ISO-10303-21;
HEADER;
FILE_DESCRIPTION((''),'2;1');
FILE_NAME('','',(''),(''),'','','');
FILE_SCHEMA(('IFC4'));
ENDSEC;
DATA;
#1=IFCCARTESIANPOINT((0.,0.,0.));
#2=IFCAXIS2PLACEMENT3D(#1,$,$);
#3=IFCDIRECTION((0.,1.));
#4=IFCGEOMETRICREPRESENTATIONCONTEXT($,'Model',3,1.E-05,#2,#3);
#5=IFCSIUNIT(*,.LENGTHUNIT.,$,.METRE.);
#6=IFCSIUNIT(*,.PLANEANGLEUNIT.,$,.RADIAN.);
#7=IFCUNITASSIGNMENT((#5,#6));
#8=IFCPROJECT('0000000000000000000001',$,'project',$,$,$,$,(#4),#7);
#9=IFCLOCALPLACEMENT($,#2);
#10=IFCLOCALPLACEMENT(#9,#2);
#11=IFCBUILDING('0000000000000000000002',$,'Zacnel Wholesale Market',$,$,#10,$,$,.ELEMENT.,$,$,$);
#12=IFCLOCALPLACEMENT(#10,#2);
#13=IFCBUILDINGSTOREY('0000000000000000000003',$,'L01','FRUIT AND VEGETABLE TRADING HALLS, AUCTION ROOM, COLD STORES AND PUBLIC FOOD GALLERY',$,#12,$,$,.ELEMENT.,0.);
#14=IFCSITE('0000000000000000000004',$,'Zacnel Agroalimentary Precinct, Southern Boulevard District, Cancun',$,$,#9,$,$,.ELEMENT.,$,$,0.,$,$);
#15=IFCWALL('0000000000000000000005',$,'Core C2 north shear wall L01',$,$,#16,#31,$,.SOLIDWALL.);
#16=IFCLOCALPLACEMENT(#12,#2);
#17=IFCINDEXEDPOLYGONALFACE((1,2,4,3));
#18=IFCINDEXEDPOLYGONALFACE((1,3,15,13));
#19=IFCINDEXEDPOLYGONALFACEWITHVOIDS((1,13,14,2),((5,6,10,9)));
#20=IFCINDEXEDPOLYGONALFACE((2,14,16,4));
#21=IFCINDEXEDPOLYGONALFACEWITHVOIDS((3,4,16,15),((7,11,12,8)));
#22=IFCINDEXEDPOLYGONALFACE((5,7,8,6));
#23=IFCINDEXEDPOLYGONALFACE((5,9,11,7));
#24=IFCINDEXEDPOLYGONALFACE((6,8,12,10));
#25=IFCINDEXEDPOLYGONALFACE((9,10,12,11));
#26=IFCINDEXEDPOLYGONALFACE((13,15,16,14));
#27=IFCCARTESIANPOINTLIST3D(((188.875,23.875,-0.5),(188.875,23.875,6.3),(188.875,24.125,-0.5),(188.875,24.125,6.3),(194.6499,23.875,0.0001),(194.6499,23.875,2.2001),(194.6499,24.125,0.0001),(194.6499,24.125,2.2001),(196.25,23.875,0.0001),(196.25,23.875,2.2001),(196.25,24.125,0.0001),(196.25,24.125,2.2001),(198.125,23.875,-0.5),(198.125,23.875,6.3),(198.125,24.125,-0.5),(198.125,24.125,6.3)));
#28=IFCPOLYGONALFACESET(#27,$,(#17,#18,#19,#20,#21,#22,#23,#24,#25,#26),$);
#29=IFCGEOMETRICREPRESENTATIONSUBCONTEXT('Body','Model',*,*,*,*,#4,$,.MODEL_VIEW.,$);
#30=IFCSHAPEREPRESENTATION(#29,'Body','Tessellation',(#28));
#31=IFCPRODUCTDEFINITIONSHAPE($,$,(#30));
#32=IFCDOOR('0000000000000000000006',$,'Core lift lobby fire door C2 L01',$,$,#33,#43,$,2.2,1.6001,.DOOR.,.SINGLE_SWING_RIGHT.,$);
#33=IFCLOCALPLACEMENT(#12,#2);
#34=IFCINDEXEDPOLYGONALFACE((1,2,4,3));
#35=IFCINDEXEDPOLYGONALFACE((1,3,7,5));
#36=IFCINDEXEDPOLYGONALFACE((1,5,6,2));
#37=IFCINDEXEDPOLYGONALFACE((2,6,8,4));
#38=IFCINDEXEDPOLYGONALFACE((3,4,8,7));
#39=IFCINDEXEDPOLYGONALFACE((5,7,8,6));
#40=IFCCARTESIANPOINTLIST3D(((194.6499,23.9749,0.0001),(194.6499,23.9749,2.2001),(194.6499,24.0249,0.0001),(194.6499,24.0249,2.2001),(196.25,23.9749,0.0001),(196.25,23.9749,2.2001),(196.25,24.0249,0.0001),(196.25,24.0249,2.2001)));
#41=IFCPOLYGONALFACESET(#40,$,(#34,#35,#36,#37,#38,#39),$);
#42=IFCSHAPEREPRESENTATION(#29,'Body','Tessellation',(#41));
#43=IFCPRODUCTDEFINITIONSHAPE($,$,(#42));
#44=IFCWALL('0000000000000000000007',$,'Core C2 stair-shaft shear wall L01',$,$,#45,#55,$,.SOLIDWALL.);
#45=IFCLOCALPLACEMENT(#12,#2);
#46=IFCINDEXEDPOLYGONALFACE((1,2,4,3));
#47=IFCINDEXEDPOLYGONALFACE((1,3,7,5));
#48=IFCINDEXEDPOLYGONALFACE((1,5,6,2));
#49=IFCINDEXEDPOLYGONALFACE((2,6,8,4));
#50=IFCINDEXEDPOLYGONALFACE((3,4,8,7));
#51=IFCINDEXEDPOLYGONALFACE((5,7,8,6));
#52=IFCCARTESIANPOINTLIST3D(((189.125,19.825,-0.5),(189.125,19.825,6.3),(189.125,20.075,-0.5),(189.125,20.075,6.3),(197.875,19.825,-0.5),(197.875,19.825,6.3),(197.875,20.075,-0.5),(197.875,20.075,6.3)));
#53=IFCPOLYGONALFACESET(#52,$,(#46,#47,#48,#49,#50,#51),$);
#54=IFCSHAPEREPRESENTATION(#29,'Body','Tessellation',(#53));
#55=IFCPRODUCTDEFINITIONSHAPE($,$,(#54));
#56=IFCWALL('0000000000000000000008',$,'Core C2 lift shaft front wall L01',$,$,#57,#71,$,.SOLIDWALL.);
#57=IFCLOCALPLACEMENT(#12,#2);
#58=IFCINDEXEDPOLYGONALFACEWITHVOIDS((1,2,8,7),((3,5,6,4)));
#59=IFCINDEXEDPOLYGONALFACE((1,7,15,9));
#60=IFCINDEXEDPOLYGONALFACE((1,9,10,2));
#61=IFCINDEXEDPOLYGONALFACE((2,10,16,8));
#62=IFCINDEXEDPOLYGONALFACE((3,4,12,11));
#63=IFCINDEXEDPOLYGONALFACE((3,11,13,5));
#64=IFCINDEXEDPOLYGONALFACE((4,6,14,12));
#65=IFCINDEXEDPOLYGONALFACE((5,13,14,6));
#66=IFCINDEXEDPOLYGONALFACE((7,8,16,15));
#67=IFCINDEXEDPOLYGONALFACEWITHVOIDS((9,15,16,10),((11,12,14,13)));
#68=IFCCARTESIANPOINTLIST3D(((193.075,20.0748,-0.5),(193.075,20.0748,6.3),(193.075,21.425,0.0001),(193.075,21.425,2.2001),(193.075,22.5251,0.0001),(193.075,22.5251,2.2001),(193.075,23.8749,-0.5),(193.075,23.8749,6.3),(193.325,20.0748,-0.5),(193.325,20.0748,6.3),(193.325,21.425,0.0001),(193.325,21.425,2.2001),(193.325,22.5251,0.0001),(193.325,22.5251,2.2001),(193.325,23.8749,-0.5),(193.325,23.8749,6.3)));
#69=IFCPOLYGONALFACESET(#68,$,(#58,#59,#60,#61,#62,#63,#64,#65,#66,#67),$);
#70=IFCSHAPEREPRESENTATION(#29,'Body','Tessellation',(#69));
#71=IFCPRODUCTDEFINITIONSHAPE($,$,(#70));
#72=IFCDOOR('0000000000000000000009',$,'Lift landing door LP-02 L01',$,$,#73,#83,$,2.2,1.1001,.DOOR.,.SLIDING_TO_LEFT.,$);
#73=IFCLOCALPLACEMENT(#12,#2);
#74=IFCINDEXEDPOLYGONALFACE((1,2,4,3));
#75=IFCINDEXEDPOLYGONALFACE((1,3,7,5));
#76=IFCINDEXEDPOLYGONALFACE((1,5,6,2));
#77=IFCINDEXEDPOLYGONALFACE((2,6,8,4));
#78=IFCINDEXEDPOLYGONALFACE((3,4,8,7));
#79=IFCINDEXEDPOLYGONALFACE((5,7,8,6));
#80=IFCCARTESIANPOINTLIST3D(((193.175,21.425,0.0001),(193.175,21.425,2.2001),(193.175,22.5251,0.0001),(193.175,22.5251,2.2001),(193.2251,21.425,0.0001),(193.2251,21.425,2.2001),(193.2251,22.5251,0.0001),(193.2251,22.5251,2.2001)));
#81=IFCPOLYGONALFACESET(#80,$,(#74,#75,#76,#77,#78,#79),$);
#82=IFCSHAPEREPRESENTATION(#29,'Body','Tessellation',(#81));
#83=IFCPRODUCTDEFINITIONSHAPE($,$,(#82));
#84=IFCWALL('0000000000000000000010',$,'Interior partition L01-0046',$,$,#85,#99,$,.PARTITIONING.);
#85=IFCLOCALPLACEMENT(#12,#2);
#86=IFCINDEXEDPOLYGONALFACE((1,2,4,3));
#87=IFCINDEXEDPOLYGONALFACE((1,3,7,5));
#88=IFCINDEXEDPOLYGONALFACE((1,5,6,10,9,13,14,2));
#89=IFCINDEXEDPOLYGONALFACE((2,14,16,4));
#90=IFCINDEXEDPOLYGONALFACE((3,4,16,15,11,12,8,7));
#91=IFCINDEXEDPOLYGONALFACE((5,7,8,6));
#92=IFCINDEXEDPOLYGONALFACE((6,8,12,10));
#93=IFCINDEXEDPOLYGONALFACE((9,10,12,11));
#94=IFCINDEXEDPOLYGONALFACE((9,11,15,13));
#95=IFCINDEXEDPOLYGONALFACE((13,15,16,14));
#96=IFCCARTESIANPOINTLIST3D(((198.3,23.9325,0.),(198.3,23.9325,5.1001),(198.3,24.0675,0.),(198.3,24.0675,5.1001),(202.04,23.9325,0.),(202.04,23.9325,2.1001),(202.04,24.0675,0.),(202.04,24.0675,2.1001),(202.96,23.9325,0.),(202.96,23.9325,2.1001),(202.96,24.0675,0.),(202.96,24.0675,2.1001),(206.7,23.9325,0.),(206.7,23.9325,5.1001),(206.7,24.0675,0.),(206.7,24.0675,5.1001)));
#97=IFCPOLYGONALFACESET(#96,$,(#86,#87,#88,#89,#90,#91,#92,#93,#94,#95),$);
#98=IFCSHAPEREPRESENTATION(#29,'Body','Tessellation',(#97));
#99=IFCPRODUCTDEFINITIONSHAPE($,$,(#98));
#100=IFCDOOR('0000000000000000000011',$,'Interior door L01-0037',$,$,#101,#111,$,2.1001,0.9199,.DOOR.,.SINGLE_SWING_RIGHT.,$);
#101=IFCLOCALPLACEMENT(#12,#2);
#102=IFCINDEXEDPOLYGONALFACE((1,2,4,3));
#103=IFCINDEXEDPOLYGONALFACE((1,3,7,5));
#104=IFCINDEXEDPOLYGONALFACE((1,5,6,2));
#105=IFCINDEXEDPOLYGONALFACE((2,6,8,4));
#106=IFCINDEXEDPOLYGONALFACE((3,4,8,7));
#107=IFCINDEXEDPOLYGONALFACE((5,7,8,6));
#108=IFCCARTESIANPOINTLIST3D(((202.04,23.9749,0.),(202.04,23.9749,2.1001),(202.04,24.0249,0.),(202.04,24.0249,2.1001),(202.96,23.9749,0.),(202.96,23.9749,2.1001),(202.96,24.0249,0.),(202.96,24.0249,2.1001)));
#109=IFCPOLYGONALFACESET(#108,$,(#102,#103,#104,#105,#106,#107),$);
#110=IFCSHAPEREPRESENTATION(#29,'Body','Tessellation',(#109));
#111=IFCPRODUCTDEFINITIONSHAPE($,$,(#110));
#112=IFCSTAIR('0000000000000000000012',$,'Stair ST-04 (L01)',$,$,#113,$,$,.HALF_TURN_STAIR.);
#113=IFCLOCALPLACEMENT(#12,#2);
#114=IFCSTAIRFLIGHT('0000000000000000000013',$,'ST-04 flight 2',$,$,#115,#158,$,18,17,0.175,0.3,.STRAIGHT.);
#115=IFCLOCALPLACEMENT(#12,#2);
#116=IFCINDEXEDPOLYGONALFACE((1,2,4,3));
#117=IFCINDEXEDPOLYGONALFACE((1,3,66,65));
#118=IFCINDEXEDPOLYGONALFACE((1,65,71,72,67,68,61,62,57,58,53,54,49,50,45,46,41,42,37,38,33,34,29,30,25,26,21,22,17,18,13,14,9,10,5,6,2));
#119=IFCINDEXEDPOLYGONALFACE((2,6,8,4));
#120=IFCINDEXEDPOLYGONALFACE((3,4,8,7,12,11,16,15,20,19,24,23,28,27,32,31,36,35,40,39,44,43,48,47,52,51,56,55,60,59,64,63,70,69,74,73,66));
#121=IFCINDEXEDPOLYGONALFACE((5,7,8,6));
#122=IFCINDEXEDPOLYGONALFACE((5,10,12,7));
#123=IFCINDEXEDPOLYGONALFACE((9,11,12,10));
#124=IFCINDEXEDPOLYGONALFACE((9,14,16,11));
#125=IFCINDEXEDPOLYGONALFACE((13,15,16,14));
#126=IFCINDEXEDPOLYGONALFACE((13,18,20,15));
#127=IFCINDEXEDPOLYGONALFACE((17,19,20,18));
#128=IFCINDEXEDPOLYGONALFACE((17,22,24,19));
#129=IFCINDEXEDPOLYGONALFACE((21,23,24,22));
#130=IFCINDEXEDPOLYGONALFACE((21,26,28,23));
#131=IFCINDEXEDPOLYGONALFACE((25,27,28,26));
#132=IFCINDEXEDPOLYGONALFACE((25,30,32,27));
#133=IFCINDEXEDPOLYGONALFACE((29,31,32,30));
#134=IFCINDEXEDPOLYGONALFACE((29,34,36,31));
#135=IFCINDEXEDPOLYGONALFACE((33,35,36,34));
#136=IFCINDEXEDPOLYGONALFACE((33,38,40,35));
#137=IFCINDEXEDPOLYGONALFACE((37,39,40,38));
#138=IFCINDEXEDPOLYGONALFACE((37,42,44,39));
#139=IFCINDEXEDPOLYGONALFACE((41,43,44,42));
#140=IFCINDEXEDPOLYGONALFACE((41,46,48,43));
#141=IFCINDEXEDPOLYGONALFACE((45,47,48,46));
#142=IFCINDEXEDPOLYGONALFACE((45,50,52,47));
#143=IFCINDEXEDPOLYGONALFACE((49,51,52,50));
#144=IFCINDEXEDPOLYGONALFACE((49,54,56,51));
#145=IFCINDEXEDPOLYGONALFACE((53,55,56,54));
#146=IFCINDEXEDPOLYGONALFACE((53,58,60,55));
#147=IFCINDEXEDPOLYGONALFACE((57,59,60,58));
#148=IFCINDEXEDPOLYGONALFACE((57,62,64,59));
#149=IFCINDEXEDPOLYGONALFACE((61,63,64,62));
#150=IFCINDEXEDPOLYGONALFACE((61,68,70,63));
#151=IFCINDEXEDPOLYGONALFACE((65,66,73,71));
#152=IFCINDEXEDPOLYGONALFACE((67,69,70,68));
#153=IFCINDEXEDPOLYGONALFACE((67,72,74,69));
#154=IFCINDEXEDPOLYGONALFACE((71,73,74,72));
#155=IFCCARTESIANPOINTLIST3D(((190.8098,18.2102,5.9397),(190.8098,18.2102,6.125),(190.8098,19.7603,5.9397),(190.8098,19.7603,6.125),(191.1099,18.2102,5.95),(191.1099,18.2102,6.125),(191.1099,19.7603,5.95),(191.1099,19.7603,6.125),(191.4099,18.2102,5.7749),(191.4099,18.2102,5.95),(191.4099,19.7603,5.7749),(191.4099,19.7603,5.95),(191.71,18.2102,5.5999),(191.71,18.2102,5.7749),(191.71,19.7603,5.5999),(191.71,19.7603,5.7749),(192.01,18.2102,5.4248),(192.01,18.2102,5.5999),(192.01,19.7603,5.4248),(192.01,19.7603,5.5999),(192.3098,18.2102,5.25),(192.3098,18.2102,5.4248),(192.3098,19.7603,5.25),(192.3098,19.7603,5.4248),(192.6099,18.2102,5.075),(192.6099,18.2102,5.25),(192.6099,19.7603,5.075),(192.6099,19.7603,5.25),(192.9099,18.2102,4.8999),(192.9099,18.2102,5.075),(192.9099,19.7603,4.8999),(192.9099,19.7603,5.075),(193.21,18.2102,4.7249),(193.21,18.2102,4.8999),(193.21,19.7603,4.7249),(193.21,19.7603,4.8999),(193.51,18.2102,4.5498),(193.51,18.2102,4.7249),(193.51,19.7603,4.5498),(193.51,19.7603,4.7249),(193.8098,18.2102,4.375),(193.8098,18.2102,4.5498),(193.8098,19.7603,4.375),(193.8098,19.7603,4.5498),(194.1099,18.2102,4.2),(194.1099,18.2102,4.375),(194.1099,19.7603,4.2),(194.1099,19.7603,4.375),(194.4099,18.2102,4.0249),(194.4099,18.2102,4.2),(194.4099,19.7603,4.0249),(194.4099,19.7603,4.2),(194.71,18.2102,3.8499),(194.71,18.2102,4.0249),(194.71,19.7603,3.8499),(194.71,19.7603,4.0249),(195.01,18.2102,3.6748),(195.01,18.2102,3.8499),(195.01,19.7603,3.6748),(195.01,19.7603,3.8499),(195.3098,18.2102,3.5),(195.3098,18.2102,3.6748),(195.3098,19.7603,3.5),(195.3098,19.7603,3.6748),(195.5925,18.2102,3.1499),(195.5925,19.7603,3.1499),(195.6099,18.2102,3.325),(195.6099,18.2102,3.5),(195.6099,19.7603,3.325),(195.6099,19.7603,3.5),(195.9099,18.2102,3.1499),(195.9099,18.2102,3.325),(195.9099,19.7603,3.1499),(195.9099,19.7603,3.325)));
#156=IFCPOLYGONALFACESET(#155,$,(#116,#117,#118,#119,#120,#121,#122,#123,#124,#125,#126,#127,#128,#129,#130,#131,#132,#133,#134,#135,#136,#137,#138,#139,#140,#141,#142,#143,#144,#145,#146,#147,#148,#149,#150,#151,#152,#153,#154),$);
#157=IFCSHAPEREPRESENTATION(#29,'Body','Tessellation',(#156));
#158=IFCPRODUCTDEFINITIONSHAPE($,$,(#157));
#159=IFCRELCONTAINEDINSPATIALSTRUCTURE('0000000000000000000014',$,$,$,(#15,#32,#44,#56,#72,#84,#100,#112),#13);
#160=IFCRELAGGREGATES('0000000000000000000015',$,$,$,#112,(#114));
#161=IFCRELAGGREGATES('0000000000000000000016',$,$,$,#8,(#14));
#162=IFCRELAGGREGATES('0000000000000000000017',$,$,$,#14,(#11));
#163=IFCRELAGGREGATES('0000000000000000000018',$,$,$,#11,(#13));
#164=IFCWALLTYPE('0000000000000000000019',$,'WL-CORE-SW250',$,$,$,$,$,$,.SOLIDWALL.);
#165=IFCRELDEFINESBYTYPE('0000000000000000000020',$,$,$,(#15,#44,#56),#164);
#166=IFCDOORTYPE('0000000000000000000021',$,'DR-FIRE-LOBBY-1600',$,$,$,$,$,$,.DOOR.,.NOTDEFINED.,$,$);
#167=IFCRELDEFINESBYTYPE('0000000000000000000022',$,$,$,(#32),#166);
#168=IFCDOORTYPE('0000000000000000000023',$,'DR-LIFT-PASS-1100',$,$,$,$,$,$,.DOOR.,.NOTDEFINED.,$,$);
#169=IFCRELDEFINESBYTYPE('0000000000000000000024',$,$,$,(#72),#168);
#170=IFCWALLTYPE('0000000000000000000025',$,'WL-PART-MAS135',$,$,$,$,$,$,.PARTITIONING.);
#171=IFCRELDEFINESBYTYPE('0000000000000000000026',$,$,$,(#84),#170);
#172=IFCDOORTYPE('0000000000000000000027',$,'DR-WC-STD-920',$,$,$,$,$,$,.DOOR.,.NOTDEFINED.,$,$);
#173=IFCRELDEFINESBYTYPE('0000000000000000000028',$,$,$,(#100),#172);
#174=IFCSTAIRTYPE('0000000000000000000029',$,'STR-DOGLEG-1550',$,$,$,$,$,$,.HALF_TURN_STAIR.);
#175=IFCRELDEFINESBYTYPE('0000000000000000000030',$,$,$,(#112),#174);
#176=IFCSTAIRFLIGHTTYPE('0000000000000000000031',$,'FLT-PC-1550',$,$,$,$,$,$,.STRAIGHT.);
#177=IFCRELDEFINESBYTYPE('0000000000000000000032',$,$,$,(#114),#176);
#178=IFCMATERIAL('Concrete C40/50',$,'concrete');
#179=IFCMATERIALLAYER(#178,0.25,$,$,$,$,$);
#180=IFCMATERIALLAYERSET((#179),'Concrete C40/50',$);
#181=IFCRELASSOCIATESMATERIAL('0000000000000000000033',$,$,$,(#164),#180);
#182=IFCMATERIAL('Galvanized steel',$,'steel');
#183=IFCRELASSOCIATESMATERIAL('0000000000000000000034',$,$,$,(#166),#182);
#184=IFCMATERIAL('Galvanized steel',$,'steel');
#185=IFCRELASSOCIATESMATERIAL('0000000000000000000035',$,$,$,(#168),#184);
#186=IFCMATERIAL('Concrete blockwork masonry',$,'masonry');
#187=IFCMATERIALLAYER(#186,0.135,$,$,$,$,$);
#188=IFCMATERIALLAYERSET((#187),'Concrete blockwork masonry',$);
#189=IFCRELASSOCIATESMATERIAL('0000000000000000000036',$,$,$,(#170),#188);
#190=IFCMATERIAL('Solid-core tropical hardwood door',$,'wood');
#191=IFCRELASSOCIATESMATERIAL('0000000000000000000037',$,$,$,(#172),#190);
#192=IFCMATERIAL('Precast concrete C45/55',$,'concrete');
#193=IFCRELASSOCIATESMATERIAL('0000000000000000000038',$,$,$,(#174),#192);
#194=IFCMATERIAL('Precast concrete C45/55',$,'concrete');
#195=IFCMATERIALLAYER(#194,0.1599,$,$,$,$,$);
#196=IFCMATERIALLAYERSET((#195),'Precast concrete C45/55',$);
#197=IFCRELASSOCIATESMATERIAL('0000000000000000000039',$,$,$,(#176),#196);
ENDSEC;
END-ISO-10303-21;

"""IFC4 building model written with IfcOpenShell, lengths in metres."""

from ifc_helpers import new_model, si_unit, direction, frame, frame_2d, origin, place, context, subcontext, project, spatial, polyline, rectangle, outline, extrude, material, layer, layer_set, type_object, element, fill, aggregate, save


model = new_model("IFC4")

# Units and contexts
model_context = context("Model", 3, precision=1e-05, world=origin(), true_north=direction((0.0, 1.0)))
body_context = subcontext(model_context, "Body", "Model", "MODEL_VIEW")
ifc_project = project(units=[si_unit("LENGTHUNIT", "METRE"), si_unit("PLANEANGLEUNIT", "RADIAN")], contexts=[model_context])

# Site, building, storey
site_placement = place(None, origin())
site = spatial("IfcSite", under=ifc_project, at=site_placement, Name="Zacnel Agroalimentary Precinct, Southern Boulevard District, Cancun", CompositionType="ELEMENT", RefElevation=0.0)
building_placement = place(site_placement, origin())
building = spatial("IfcBuilding", under=site, at=building_placement, Name="Zacnel Wholesale Market", CompositionType="ELEMENT")
storey_placement = place(building_placement, origin())
storey = spatial("IfcBuildingStorey", under=building, at=storey_placement, Name="L01", Description="FRUIT AND VEGETABLE TRADING HALLS, AUCTION ROOM, COLD STORES AND PUBLIC FOOD GALLERY", CompositionType="ELEMENT", Elevation=0.0)

# Wall, opening, door
ifc_material_1 = material(Name="Concrete C40/50", Category="concrete")
ifc_layer_1 = layer(ifc_material_1, 0.25)
ifc_layer_set_1 = layer_set([ifc_layer_1], Name="Concrete C40/50")
wall_type_1 = type_object("IfcWallType", Name="WL-CORE-SW250", PredefinedType="SOLIDWALL", material=ifc_layer_set_1)
wall_1_placement = place(storey_placement, frame((188.875, 24.0, -0.5), z_axis=(0.0, 0.0, 1.0), x_axis=(1.0, 0.0, 0.0)))
wall_1 = element("IfcWall", 1, at=wall_1_placement, inside=storey, type_object=wall_type_1, Name="Core C2 north shear wall L01", PredefinedType="SOLIDWALL", context=body_context, shape_type="SweptSolid", body=[
    extrude(rectangle(XDim=9.25, YDim=0.25, at=frame_2d((4.625, 0.0))), origin(), (0.0, 0.0, 1.0), 6.8),
])
opening_1_placement = place(wall_1_placement, frame((5.7749, 0.0, 0.5)))
opening_1 = element("IfcOpeningElement", 2, at=opening_1_placement, cuts=wall_1, PredefinedType="OPENING", context=body_context, shape_type="SweptSolid", body=[
    extrude(rectangle(XDim=1.6001, YDim=2.2, at=frame_2d((0.8, 1.1001))), frame((0.0, 0.135, 0.0), z_axis=(0.0, -1.0, 0.0), x_axis=(1.0, 0.0, 0.0)), (0.0, 0.0, 1.0), 0.27),
])
ifc_material_2 = material(Name="Galvanized steel", Category="steel")
door_type_1 = type_object("IfcDoorType", Name="DR-FIRE-LOBBY-1600", OperationType="NOTDEFINED", PredefinedType="DOOR", material=ifc_material_2)
door_1_placement = place(opening_1_placement, origin())
door_1 = element("IfcDoor", 3, at=door_1_placement, inside=storey, type_object=door_type_1, Name="Core lift lobby fire door C2 L01", OperationType="SINGLE_SWING_RIGHT", OverallHeight=2.2, OverallWidth=1.6001, PredefinedType="DOOR", context=body_context, shape_type="SweptSolid", body=[
    extrude(rectangle(XDim=1.6001, YDim=2.2, at=frame_2d((0.8, 1.1001))), frame((0.0, 0.0249, 0.0), z_axis=(0.0, -1.0, 0.0), x_axis=(1.0, 0.0, 0.0)), (0.0, 0.0, 1.0), 0.05),
])
fill(opening_1, door_1)

# Wall
wall_2_placement = place(storey_placement, frame((189.125, 19.95, -0.5), z_axis=(0.0, 0.0, 1.0), x_axis=(1.0, 0.0, 0.0)))
element("IfcWall", 4, at=wall_2_placement, inside=storey, type_object=wall_type_1, Name="Core C2 stair-shaft shear wall L01", PredefinedType="SOLIDWALL", context=body_context, shape_type="SweptSolid", body=[
    extrude(rectangle(XDim=8.75, YDim=0.25, at=frame_2d((4.375, 0.0))), origin(), (0.0, 0.0, 1.0), 6.8),
])

# Walls, openings, doors
wall_3_placement = place(storey_placement, frame((193.2, 20.075, -0.5), z_axis=(0.0, 0.0, 1.0), x_axis=(0.0, 1.0, 0.0)))
wall_3 = element("IfcWall", 5, at=wall_3_placement, inside=storey, type_object=wall_type_1, Name="Core C2 lift shaft front wall L01", PredefinedType="SOLIDWALL", context=body_context, shape_type="SweptSolid", body=[
    extrude(rectangle(XDim=3.8, YDim=0.25, at=frame_2d((1.8999, 0.0))), origin(), (0.0, 0.0, 1.0), 6.8),
])
opening_2_placement = place(wall_3_placement, frame((1.3501, 0.0, 0.5)))
opening_2 = element("IfcOpeningElement", 6, at=opening_2_placement, cuts=wall_3, PredefinedType="OPENING", context=body_context, shape_type="SweptSolid", body=[
    extrude(rectangle(XDim=1.1001, YDim=2.2, at=frame_2d((0.55, 1.1001))), frame((0.0, 0.135, 0.0), z_axis=(0.0, -1.0, 0.0), x_axis=(1.0, 0.0, 0.0)), (0.0, 0.0, 1.0), 0.27),
])
ifc_material_3 = material(Name="Galvanized steel", Category="steel")
door_type_2 = type_object("IfcDoorType", Name="DR-LIFT-PASS-1100", OperationType="NOTDEFINED", PredefinedType="DOOR", material=ifc_material_3)
door_2_placement = place(opening_2_placement, origin())
door_2 = element("IfcDoor", 7, at=door_2_placement, inside=storey, type_object=door_type_2, Name="Lift landing door LP-02 L01", OperationType="SLIDING_TO_LEFT", OverallHeight=2.2, OverallWidth=1.1001, PredefinedType="DOOR", context=body_context, shape_type="SweptSolid", body=[
    extrude(rectangle(XDim=1.1001, YDim=2.2, at=frame_2d((0.55, 1.1001))), frame((0.0, 0.0249, 0.0), z_axis=(0.0, -1.0, 0.0), x_axis=(1.0, 0.0, 0.0)), (0.0, 0.0, 1.0), 0.05),
])
fill(opening_2, door_2)
ifc_material_4 = material(Name="Concrete blockwork masonry", Category="masonry")
ifc_layer_2 = layer(ifc_material_4, 0.135)
ifc_layer_set_2 = layer_set([ifc_layer_2], Name="Concrete blockwork masonry")
wall_type_2 = type_object("IfcWallType", Name="WL-PART-MAS135", PredefinedType="PARTITIONING", material=ifc_layer_set_2)
wall_4_placement = place(storey_placement, frame((198.3, 24.0, 0.0), z_axis=(0.0, 0.0, 1.0), x_axis=(1.0, 0.0, 0.0)))
wall_4 = element("IfcWall", 8, at=wall_4_placement, inside=storey, type_object=wall_type_2, Name="Interior partition L01-0046", PredefinedType="PARTITIONING", context=body_context, shape_type="SweptSolid", body=[
    extrude(rectangle(XDim=8.3999, YDim=0.135, at=frame_2d((4.2, 0.0))), origin(), (0.0, 0.0, 1.0), 5.1001),
])
opening_3_placement = place(wall_4_placement, frame((3.74, 0.0, 0.0)))
opening_3 = element("IfcOpeningElement", 9, at=opening_3_placement, cuts=wall_4, PredefinedType="OPENING", context=body_context, shape_type="SweptSolid", body=[
    extrude(rectangle(XDim=0.9199, YDim=2.1001, at=frame_2d((0.46, 1.05))), frame((0.0, 0.0774, 0.0), z_axis=(0.0, -1.0, 0.0), x_axis=(1.0, 0.0, 0.0)), (0.0, 0.0, 1.0), 0.155),
])
ifc_material_5 = material(Name="Solid-core tropical hardwood door", Category="wood")
door_type_3 = type_object("IfcDoorType", Name="DR-WC-STD-920", OperationType="NOTDEFINED", PredefinedType="DOOR", material=ifc_material_5)
door_3_placement = place(opening_3_placement, origin())
door_3 = element("IfcDoor", 10, at=door_3_placement, inside=storey, type_object=door_type_3, Name="Interior door L01-0037", OperationType="SINGLE_SWING_RIGHT", OverallHeight=2.1001, OverallWidth=0.9199, PredefinedType="DOOR", context=body_context, shape_type="SweptSolid", body=[
    extrude(rectangle(XDim=0.9199, YDim=2.1001, at=frame_2d((0.46, 1.05))), frame((0.0, 0.0249, 0.0), z_axis=(0.0, -1.0, 0.0), x_axis=(1.0, 0.0, 0.0)), (0.0, 0.0, 1.0), 0.05),
])
fill(opening_3, door_3)

# Stair, stair flight
ifc_material_6 = material(Name="Precast concrete C45/55", Category="concrete")
stair_type = type_object("IfcStairType", Name="STR-DOGLEG-1550", PredefinedType="HALF_TURN_STAIR", material=ifc_material_6)
stair_placement = place(storey_placement, origin())
stair = element("IfcStair", 11, at=stair_placement, inside=storey, type_object=stair_type, Name="Stair ST-04 (L01)", PredefinedType="HALF_TURN_STAIR")
ifc_material_7 = material(Name="Precast concrete C45/55", Category="concrete")
ifc_layer_3 = layer(ifc_material_7, 0.1599)
ifc_layer_set_3 = layer_set([ifc_layer_3], Name="Precast concrete C45/55")
stair_flight_type = type_object("IfcStairFlightType", Name="FLT-PC-1550", PredefinedType="STRAIGHT", material=ifc_layer_set_3)
stair_flight_placement = place(storey_placement, frame((195.9099, 18.9851, 3.1499), z_axis=(0.0, 0.0, 1.0), x_axis=(-1.0, 0.0, 0.0)))
stair_flight = element("IfcStairFlight", 12, at=stair_flight_placement, type_object=stair_flight_type, Name="ST-04 flight 2", NumberOfRisers=18, NumberOfTreads=17, PredefinedType="STRAIGHT", RiserHeight=0.175, TreadLength=0.3, context=body_context, shape_type="SweptSolid", body=[
    extrude(outline(polyline([(0.0, 0.0), (0.0, 0.175), (0.3, 0.175), (0.3, 0.3501), (0.6001, 0.3501), (0.6001, 0.5249), (0.8999, 0.5249), (0.8999, 0.7), (1.2, 0.7), (1.2, 0.875), (1.5, 0.875), (1.5, 1.05), (1.8, 1.05), (1.8, 1.2251), (2.1001, 1.2251), (2.1001, 1.3999), (2.3999, 1.3999), (2.3999, 1.575), (2.7, 1.575), (2.7, 1.75), (3.0, 1.75), (3.0, 1.925), (3.3, 1.925), (3.3, 2.1001), (3.6001, 2.1001), (3.6001, 2.2749), (3.8999, 2.2749), (3.8999, 2.45), (4.2, 2.45), (4.2, 2.625), (4.5, 2.625), (4.5, 2.8), (4.8, 2.8), (4.8, 2.9751), (5.1001, 2.9751), (5.1001, 3.1499), (5.1001, 2.7898), (0.3174, 0.0), (0.0, 0.0)])), frame((0.0, 0.7749, 0.0), z_axis=(0.0, -1.0, 0.0), x_axis=(1.0, 0.0, 0.0)), (0.0, 0.0, 1.0), 1.55),
])
aggregate(stair, [stair_flight])

save(model, "model.ifc")
